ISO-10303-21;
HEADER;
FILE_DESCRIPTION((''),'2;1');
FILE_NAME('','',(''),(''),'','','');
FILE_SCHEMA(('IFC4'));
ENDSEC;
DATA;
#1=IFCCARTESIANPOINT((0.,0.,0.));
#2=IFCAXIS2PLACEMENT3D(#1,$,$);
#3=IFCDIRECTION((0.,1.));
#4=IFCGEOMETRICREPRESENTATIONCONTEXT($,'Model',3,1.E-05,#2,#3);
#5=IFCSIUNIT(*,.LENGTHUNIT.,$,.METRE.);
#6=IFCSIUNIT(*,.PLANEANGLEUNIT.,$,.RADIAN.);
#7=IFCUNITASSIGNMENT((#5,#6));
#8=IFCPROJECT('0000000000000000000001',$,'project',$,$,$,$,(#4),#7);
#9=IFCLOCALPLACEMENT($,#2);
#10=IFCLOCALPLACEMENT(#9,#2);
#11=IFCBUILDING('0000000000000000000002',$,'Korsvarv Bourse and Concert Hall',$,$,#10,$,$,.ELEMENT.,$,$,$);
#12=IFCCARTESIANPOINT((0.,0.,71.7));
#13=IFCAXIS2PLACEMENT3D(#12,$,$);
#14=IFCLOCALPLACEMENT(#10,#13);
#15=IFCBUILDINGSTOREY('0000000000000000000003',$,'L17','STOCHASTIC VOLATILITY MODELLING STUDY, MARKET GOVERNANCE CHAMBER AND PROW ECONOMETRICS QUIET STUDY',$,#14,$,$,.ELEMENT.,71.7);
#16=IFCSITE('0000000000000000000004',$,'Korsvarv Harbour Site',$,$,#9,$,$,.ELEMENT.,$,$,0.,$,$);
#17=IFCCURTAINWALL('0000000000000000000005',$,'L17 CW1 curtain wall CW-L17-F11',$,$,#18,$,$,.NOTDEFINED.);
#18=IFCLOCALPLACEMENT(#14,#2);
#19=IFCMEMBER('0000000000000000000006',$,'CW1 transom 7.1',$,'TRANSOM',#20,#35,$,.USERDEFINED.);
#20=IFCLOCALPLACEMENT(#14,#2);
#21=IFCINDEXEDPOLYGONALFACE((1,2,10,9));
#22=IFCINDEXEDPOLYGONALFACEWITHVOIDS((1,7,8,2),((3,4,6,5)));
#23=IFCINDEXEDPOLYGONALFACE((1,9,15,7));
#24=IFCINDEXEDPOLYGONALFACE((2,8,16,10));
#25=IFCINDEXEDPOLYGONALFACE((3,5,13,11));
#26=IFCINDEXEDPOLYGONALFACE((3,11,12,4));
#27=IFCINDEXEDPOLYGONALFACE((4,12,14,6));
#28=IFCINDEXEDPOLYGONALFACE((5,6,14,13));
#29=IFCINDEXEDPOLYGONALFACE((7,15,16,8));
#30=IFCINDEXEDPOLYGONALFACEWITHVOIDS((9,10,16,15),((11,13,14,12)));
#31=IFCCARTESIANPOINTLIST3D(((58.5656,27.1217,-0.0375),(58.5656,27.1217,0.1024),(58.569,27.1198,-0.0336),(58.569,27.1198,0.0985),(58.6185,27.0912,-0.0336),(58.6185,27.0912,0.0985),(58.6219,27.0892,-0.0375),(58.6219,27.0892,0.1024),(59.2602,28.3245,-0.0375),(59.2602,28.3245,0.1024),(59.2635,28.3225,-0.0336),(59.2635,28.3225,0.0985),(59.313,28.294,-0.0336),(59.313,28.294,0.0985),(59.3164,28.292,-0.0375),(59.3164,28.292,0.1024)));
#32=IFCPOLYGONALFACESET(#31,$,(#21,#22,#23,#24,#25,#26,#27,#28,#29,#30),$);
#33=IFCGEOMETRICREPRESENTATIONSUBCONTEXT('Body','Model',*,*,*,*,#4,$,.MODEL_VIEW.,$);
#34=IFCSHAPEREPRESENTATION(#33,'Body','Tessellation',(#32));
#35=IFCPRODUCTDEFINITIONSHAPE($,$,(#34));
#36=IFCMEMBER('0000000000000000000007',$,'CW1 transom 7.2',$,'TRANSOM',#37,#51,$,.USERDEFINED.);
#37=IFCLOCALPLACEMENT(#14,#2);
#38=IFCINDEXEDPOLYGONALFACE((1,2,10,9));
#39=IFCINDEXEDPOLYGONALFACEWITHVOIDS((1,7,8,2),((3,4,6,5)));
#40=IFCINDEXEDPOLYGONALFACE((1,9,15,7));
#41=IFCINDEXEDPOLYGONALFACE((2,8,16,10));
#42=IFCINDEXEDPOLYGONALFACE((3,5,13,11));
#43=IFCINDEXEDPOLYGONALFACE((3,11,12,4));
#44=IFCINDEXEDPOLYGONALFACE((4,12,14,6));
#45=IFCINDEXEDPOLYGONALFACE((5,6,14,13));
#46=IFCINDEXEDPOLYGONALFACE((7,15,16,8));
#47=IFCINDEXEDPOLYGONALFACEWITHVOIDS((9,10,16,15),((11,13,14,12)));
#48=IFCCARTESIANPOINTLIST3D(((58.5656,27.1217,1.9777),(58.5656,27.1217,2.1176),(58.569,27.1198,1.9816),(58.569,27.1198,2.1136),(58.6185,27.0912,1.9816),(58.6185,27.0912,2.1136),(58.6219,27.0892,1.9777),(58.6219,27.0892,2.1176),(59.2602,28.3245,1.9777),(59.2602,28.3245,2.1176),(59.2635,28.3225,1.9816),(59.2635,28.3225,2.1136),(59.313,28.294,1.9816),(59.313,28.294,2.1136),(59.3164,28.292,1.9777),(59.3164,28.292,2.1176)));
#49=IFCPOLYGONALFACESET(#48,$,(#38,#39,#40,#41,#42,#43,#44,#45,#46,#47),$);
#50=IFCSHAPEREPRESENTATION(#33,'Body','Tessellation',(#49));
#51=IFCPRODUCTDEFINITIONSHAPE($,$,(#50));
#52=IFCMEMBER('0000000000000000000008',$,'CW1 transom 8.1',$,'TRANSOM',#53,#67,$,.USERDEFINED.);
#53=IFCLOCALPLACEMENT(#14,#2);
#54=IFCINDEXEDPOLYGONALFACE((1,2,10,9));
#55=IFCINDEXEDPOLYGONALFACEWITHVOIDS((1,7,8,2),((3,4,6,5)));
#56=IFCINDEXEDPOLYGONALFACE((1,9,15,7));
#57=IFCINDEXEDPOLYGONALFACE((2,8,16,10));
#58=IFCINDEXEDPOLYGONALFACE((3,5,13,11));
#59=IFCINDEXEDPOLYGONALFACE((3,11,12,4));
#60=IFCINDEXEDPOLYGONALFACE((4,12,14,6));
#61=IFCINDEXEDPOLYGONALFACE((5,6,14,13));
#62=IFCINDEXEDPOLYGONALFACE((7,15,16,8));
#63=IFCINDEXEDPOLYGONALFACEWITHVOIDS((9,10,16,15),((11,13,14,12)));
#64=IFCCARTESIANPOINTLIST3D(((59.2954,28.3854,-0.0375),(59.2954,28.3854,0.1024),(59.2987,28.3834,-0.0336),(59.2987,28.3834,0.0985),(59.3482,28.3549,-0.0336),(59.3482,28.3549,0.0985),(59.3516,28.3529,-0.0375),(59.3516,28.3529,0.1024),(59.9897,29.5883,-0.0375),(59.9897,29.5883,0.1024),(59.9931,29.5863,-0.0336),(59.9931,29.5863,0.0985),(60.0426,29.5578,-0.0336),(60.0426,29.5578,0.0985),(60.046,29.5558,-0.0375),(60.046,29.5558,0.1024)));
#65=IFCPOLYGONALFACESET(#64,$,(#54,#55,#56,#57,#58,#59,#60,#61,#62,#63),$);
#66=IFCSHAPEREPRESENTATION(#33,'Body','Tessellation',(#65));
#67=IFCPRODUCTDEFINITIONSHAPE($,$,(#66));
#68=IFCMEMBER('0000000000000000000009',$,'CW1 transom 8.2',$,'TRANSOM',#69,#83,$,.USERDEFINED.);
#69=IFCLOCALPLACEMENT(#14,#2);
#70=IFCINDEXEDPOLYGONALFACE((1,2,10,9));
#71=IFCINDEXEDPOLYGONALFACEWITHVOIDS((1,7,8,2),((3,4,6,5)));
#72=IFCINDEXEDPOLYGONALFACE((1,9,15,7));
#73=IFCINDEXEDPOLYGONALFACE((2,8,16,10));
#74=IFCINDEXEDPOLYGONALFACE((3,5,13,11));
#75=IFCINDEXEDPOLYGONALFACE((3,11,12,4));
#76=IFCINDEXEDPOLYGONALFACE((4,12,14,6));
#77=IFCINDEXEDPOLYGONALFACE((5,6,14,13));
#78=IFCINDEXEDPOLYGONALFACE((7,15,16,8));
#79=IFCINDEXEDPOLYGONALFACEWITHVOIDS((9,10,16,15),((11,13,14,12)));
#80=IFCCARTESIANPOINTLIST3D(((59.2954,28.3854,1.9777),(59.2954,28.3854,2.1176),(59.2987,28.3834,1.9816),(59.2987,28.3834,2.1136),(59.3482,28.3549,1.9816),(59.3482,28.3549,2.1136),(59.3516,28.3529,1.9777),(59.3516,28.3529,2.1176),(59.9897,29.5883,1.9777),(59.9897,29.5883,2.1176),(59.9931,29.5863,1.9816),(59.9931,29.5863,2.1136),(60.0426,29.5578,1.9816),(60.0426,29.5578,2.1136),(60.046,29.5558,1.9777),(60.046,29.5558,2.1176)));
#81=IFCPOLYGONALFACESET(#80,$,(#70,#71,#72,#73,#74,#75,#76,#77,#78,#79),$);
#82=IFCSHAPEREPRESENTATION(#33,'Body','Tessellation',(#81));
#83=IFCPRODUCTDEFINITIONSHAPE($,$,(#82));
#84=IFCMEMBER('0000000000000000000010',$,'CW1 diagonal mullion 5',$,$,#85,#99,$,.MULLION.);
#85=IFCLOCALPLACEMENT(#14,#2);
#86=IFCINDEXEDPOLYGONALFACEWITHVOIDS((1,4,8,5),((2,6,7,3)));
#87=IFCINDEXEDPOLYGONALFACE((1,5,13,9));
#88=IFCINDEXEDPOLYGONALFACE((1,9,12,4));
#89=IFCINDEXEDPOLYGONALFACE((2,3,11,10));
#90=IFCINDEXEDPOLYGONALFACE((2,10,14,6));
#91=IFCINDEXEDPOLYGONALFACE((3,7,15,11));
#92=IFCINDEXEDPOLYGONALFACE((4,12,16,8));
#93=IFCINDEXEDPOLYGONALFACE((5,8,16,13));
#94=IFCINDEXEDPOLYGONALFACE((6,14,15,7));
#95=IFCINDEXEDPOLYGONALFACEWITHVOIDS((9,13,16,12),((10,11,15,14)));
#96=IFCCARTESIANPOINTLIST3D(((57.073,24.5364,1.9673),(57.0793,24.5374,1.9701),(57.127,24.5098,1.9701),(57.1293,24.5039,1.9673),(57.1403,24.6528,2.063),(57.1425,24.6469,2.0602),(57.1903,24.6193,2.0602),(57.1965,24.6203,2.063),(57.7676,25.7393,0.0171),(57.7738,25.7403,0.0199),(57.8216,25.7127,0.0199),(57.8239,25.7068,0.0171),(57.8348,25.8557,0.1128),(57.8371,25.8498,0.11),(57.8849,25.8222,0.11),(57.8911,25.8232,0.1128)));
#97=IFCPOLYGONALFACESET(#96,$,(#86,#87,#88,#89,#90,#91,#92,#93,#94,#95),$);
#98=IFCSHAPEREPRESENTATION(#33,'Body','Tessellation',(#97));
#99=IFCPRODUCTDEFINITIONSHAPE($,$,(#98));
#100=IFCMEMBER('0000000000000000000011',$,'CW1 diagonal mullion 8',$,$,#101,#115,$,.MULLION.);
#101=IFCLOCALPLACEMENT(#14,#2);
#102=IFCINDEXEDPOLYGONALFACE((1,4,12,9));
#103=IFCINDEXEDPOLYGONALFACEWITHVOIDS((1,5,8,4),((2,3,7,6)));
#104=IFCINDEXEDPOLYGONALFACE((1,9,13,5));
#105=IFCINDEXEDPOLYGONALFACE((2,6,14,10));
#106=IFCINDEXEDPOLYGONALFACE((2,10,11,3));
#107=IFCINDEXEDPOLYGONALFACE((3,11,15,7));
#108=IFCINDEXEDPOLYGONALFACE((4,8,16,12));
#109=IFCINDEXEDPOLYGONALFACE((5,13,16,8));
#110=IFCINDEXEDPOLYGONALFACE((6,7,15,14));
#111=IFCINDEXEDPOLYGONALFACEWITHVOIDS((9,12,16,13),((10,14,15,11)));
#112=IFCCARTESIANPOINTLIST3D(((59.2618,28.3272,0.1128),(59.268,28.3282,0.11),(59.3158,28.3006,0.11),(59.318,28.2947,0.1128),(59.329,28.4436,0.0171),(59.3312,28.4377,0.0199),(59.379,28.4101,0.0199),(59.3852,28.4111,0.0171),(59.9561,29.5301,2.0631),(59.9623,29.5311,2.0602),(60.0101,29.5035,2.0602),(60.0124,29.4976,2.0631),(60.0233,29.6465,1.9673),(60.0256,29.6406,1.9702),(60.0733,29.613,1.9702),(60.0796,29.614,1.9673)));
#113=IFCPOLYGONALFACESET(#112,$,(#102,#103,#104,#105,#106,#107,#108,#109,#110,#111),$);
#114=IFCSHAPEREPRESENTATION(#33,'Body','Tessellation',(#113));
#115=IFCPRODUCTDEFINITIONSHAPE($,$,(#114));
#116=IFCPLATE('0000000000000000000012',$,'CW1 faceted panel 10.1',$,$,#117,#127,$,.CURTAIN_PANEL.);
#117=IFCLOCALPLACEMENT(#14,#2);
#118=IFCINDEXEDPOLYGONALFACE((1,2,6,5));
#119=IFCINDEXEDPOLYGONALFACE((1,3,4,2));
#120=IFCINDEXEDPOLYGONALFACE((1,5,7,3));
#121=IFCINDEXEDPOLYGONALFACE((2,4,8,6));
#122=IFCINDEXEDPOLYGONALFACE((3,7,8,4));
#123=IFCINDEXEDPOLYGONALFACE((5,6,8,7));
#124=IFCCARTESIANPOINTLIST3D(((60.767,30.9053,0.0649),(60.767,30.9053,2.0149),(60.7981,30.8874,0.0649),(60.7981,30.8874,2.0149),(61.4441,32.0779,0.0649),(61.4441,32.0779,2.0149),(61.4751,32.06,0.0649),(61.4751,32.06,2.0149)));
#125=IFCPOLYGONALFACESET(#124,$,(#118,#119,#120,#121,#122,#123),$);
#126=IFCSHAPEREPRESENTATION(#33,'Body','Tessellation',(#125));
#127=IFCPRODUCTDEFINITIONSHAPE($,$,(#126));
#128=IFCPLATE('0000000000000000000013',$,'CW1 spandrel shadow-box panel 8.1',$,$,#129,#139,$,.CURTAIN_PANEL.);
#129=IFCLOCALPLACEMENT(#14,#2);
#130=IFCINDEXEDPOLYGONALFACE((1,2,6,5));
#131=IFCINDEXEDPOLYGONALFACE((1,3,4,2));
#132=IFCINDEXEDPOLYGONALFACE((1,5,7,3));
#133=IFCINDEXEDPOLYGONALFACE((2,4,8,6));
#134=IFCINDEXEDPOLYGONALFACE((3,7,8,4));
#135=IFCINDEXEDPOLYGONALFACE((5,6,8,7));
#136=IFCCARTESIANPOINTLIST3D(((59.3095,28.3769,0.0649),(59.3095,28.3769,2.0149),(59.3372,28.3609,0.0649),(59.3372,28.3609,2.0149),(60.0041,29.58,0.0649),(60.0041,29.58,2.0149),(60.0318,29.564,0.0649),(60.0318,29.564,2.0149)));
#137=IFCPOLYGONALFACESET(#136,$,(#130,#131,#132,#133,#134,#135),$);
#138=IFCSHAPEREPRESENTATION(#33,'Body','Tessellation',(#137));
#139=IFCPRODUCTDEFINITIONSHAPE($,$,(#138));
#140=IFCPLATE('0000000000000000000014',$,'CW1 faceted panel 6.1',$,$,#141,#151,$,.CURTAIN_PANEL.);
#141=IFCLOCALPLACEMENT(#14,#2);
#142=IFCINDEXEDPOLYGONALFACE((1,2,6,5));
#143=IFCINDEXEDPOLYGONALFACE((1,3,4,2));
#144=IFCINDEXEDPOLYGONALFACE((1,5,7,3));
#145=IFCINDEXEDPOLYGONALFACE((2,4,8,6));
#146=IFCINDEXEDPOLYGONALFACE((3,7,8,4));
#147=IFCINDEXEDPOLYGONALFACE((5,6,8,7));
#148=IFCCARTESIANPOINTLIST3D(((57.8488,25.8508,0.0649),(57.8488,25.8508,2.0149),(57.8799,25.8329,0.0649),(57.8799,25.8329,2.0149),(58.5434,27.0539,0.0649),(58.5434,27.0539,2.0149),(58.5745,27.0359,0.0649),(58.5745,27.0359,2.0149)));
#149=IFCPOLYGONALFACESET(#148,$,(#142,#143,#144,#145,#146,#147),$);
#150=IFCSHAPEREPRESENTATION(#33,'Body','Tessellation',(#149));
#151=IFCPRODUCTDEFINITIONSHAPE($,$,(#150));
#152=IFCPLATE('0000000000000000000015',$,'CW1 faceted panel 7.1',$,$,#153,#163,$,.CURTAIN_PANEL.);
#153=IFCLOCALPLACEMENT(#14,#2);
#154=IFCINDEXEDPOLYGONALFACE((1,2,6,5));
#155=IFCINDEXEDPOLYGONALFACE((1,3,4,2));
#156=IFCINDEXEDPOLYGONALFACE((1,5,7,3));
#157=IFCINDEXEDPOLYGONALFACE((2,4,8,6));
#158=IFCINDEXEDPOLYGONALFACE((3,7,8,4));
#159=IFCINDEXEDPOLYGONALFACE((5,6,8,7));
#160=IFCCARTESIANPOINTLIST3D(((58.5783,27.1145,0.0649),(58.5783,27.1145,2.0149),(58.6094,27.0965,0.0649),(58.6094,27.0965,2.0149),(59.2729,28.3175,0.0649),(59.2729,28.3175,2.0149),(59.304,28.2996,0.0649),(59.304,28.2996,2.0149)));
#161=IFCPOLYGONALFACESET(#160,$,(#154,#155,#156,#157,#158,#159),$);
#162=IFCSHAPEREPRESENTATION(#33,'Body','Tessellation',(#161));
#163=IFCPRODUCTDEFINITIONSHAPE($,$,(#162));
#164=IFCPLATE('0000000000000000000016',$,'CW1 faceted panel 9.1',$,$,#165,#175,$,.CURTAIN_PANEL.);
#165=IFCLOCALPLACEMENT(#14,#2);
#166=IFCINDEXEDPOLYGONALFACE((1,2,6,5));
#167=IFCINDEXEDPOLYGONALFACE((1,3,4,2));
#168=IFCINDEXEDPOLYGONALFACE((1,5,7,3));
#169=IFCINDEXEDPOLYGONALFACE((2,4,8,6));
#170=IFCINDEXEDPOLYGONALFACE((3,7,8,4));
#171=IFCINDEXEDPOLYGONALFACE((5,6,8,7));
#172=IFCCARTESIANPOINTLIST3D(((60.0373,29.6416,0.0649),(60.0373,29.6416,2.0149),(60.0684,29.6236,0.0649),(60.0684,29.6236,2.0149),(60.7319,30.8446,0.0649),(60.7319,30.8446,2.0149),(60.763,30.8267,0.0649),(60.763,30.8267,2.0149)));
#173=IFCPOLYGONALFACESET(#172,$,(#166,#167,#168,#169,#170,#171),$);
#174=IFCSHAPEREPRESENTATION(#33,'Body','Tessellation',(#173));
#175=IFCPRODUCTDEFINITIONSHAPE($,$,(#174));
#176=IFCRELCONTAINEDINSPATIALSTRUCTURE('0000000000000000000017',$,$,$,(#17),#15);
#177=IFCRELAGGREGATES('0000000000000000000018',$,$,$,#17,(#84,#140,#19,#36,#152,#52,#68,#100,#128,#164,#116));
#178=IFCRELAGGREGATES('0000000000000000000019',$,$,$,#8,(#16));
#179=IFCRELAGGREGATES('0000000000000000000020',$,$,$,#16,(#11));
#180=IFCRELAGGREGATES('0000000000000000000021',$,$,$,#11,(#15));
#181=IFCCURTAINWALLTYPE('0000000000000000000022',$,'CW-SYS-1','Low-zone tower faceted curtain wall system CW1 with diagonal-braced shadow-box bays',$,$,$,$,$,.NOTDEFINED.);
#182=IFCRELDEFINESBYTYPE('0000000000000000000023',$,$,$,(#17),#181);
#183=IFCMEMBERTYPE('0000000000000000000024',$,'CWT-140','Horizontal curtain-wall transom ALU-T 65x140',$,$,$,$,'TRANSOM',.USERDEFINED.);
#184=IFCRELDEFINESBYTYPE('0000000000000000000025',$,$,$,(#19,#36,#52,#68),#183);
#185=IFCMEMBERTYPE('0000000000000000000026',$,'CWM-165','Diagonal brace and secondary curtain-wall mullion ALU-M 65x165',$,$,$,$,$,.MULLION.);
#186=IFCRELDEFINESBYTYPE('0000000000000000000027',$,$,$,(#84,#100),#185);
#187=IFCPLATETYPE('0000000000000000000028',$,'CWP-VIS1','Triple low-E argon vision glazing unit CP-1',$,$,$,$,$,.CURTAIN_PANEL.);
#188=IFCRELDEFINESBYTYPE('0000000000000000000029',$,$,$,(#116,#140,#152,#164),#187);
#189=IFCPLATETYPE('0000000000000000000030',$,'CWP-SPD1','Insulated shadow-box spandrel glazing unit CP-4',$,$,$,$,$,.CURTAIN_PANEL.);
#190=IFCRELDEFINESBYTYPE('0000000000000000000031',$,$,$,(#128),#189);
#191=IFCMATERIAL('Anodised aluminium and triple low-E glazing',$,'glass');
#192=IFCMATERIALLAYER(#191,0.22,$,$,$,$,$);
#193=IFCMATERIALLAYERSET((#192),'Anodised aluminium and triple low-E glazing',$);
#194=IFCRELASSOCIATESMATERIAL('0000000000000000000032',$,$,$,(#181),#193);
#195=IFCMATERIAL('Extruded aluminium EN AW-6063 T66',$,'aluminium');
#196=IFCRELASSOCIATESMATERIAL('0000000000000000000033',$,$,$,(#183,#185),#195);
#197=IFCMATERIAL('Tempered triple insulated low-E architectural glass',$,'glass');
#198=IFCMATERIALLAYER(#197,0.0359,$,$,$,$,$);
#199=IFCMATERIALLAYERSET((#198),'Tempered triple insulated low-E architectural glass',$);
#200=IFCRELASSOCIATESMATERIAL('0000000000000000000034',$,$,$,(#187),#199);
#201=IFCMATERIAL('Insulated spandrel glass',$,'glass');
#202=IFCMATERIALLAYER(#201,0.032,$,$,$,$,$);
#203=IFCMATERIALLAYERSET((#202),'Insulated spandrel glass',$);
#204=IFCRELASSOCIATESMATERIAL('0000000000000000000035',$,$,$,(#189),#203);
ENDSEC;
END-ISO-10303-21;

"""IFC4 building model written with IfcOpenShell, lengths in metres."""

from ifc_helpers import new_model, si_unit, direction, frame, origin, origin_2d, place, context, subcontext, project, spatial, rectangle, hollow_rectangle, extrude, source, transform, mapped, material, layer, layer_set, material_profile, profile_set, type_object, element, aggregate, save


model = new_model("IFC4")

# Units and contexts
model_context = context("Model", 3, precision=1e-05, world=origin(), true_north=direction((0.0, 1.0)))
body_context = subcontext(model_context, "Body", "Model", "MODEL_VIEW")
ifc_project = project(units=[si_unit("LENGTHUNIT", "METRE"), si_unit("PLANEANGLEUNIT", "RADIAN")], contexts=[model_context])

# Site, building, storey
site_placement = place(None, origin())
site = spatial("IfcSite", under=ifc_project, at=site_placement, Name="Korsvarv Harbour Site", CompositionType="ELEMENT", RefElevation=0.0)
building_placement = place(site_placement, origin())
building = spatial("IfcBuilding", under=site, at=building_placement, Name="Korsvarv Bourse and Concert Hall", CompositionType="ELEMENT")
storey_placement = place(building_placement, frame((0.0, 0.0, 71.7)))
storey = spatial("IfcBuildingStorey", under=building, at=storey_placement, Name="L17", Description="STOCHASTIC VOLATILITY MODELLING STUDY, MARKET GOVERNANCE CHAMBER AND PROW ECONOMETRICS QUIET STUDY", CompositionType="ELEMENT", Elevation=71.7)

# Curtain wall, members, plates
ifc_material_1 = material(Name="Anodised aluminium and triple low-E glazing", Category="glass")
ifc_layer_1 = layer(ifc_material_1, 0.22)
ifc_layer_set_1 = layer_set([ifc_layer_1], Name="Anodised aluminium and triple low-E glazing")
curtain_wall_type = type_object("IfcCurtainWallType", Name="CW-SYS-1", Description="Low-zone tower faceted curtain wall system CW1 with diagonal-braced shadow-box bays", PredefinedType="NOTDEFINED", material=ifc_layer_set_1)
curtain_wall_placement = place(storey_placement, origin())
curtain_wall = element("IfcCurtainWall", 1, at=curtain_wall_placement, inside=storey, type_object=curtain_wall_type, Name="L17 CW1 curtain wall CW-L17-F11", PredefinedType="NOTDEFINED")
ifc_material_2 = material(Name="Extruded aluminium EN AW-6063 T66", Category="aluminium")
ifc_material_profile_1 = material_profile(ifc_material_2, hollow_rectangle(XDim=0.0649, YDim=0.1399, WallThickness=0.0039, at=origin_2d()), Name="ALU-T 65x140")
ifc_profile_set_1 = profile_set([ifc_material_profile_1], Name="Extruded aluminium EN AW-6063 T66")
member_type_1 = type_object("IfcMemberType", Name="CWT-140", Description="Horizontal curtain-wall transom ALU-T 65x140", ElementType="TRANSOM", PredefinedType="USERDEFINED", material=ifc_profile_set_1)
shared_shape_1 = source(origin(), body_context, "Body", "SweptSolid", [
    extrude(hollow_rectangle(XDim=0.0649, YDim=0.1399, WallThickness=0.0039, at=origin_2d()), origin(), (0.0, 0.0, 1.0), 1.3889),
])
member_1_placement = place(storey_placement, frame((58.5938, 27.1055, 0.0325), z_axis=(0.500052, 0.865995, 0.0), x_axis=(-0.865995, 0.500052, 0.0)))
member_1 = element("IfcMember", 2, at=member_1_placement, type_object=member_type_1, Name="CW1 transom 7.1", ObjectType="TRANSOM", PredefinedType="USERDEFINED", context=body_context, shape_type="MappedRepresentation", body=[
    mapped(shared_shape_1, transform((0.0, 0.0, 0.0), scale=1.0)),
])
member_2_placement = place(storey_placement, frame((58.5938, 27.1055, 2.0476), z_axis=(0.500052, 0.865995, 0.0), x_axis=(-0.865995, 0.500052, 0.0)))
member_2 = element("IfcMember", 3, at=member_2_placement, type_object=member_type_1, Name="CW1 transom 7.2", ObjectType="TRANSOM", PredefinedType="USERDEFINED", context=body_context, shape_type="MappedRepresentation", body=[
    mapped(shared_shape_1, transform((0.0, 0.0, 0.0), scale=1.0)),
])
member_3_placement = place(storey_placement, frame((59.3235, 28.3691, 0.0325), z_axis=(0.49992, 0.866071, 0.0), x_axis=(-0.866071, 0.49992, 0.0)))
member_3 = element("IfcMember", 4, at=member_3_placement, type_object=member_type_1, Name="CW1 transom 8.1", ObjectType="TRANSOM", PredefinedType="USERDEFINED", context=body_context, shape_type="MappedRepresentation", body=[
    mapped(shared_shape_1, transform((0.0, 0.0, 0.0), scale=1.0)),
])
member_4_placement = place(storey_placement, frame((59.3235, 28.3691, 2.0476), z_axis=(0.49992, 0.866071, 0.0), x_axis=(-0.866071, 0.49992, 0.0)))
member_4 = element("IfcMember", 5, at=member_4_placement, type_object=member_type_1, Name="CW1 transom 8.2", ObjectType="TRANSOM", PredefinedType="USERDEFINED", context=body_context, shape_type="MappedRepresentation", body=[
    mapped(shared_shape_1, transform((0.0, 0.0, 0.0), scale=1.0)),
])
ifc_material_profile_2 = material_profile(ifc_material_2, hollow_rectangle(XDim=0.0649, YDim=0.165, WallThickness=0.0049, at=origin_2d()), Name="ALU-M 65x165")
ifc_profile_set_2 = profile_set([ifc_material_profile_2], Name="Extruded aluminium EN AW-6063 T66")
member_type_2 = type_object("IfcMemberType", Name="CWM-165", Description="Diagonal brace and secondary curtain-wall mullion ALU-M 65x165", PredefinedType="MULLION", material=ifc_profile_set_2)
shared_shape_2 = source(origin(), body_context, "Body", "SweptSolid", [
    extrude(hollow_rectangle(XDim=0.0649, YDim=0.165, WallThickness=0.0049, at=origin_2d()), origin(), (0.0, 0.0, 1.0), 2.3943),
])
member_5_placement = place(storey_placement, frame((57.8293, 25.7812, 0.0649), z_axis=(-0.290099, -0.502396, 0.814519), x_axis=(0.865995, -0.500052, 0.0)))
member_5 = element("IfcMember", 6, at=member_5_placement, type_object=member_type_2, Name="CW1 diagonal mullion 5", PredefinedType="MULLION", context=body_context, shape_type="MappedRepresentation", body=[
    mapped(shared_shape_2, transform((0.0, 0.0, 0.0), scale=1.0)),
])
member_6_placement = place(storey_placement, frame((59.3235, 28.3691, 0.0649), z_axis=(0.290005, 0.50241, 0.814543), x_axis=(-0.866071, 0.49992, 0.0)))
member_6 = element("IfcMember", 7, at=member_6_placement, type_object=member_type_2, Name="CW1 diagonal mullion 8", PredefinedType="MULLION", context=body_context, shape_type="MappedRepresentation", body=[
    mapped(shared_shape_2, transform((0.0, 0.0, 0.0), scale=1.0)),
])
ifc_material_3 = material(Name="Tempered triple insulated low-E architectural glass", Category="glass")
ifc_layer_2 = layer(ifc_material_3, 0.0359)
ifc_layer_set_2 = layer_set([ifc_layer_2], Name="Tempered triple insulated low-E architectural glass")
plate_type_1 = type_object("IfcPlateType", Name="CWP-VIS1", Description="Triple low-E argon vision glazing unit CP-1", PredefinedType="CURTAIN_PANEL", material=ifc_layer_set_2)
shared_shape_3 = source(origin(), body_context, "Body", "SweptSolid", [
    extrude(rectangle(XDim=1.354, YDim=0.0359, at=origin_2d()), origin(), (0.0, 0.0, 1.0), 1.95),
])
plate_1_placement = place(storey_placement, frame((61.1211, 31.4827, 0.0649), z_axis=(0.0, 0.0, 1.0), x_axis=(0.500006, 0.866022, 0.0)))
plate_1 = element("IfcPlate", 8, at=plate_1_placement, type_object=plate_type_1, Name="CW1 faceted panel 10.1", PredefinedType="CURTAIN_PANEL", context=body_context, shape_type="MappedRepresentation", body=[
    mapped(shared_shape_3, transform((0.0, 0.0, 0.0), scale=1.0)),
])
ifc_material_4 = material(Name="Insulated spandrel glass", Category="glass")
ifc_layer_3 = layer(ifc_material_4, 0.032)
ifc_layer_set_3 = layer_set([ifc_layer_3], Name="Insulated spandrel glass")
plate_type_2 = type_object("IfcPlateType", Name="CWP-SPD1", Description="Insulated shadow-box spandrel glazing unit CP-4", PredefinedType="CURTAIN_PANEL", material=ifc_layer_set_3)
shared_shape_4 = source(origin(), body_context, "Body", "SweptSolid", [
    extrude(rectangle(XDim=1.3892, YDim=0.032, at=origin_2d()), origin(), (0.0, 0.0, 1.0), 1.95),
])
plate_2_placement = place(storey_placement, frame((59.6707, 28.9705, 0.0649), z_axis=(0.0, 0.0, 1.0), x_axis=(0.500006, 0.866022, 0.0)))
plate_2 = element("IfcPlate", 9, at=plate_2_placement, type_object=plate_type_2, Name="CW1 spandrel shadow-box panel 8.1", PredefinedType="CURTAIN_PANEL", context=body_context, shape_type="MappedRepresentation", body=[
    mapped(shared_shape_4, transform((0.0, 0.0, 0.0), scale=1.0)),
])
shared_shape_5 = source(origin(), body_context, "Body", "SweptSolid", [
    extrude(rectangle(XDim=1.3892, YDim=0.0359, at=origin_2d()), origin(), (0.0, 0.0, 1.0), 1.95),
])
plate_3_placement = place(storey_placement, frame((58.2117, 26.4434, 0.0649), z_axis=(0.0, 0.0, 1.0), x_axis=(0.500006, 0.866022, 0.0)))
plate_3 = element("IfcPlate", 10, at=plate_3_placement, type_object=plate_type_1, Name="CW1 faceted panel 6.1", PredefinedType="CURTAIN_PANEL", context=body_context, shape_type="MappedRepresentation", body=[
    mapped(shared_shape_5, transform((0.0, 0.0, 0.0), scale=1.0)),
])
plate_4_placement = place(storey_placement, frame((58.9412, 27.707, 0.0649), z_axis=(0.0, 0.0, 1.0), x_axis=(0.500006, 0.866022, 0.0)))
plate_4 = element("IfcPlate", 11, at=plate_4_placement, type_object=plate_type_1, Name="CW1 faceted panel 7.1", PredefinedType="CURTAIN_PANEL", context=body_context, shape_type="MappedRepresentation", body=[
    mapped(shared_shape_5, transform((0.0, 0.0, 0.0), scale=1.0)),
])
plate_5_placement = place(storey_placement, frame((60.4001, 30.2341, 0.0649), z_axis=(0.0, 0.0, 1.0), x_axis=(0.500006, 0.866022, 0.0)))
plate_5 = element("IfcPlate", 12, at=plate_5_placement, type_object=plate_type_1, Name="CW1 faceted panel 9.1", PredefinedType="CURTAIN_PANEL", context=body_context, shape_type="MappedRepresentation", body=[
    mapped(shared_shape_5, transform((0.0, 0.0, 0.0), scale=1.0)),
])
aggregate(curtain_wall, [member_5, plate_3, member_1, member_2, plate_4, member_3, member_4, member_6, plate_2, plate_5, plate_1])

save(model, "model.ifc")
